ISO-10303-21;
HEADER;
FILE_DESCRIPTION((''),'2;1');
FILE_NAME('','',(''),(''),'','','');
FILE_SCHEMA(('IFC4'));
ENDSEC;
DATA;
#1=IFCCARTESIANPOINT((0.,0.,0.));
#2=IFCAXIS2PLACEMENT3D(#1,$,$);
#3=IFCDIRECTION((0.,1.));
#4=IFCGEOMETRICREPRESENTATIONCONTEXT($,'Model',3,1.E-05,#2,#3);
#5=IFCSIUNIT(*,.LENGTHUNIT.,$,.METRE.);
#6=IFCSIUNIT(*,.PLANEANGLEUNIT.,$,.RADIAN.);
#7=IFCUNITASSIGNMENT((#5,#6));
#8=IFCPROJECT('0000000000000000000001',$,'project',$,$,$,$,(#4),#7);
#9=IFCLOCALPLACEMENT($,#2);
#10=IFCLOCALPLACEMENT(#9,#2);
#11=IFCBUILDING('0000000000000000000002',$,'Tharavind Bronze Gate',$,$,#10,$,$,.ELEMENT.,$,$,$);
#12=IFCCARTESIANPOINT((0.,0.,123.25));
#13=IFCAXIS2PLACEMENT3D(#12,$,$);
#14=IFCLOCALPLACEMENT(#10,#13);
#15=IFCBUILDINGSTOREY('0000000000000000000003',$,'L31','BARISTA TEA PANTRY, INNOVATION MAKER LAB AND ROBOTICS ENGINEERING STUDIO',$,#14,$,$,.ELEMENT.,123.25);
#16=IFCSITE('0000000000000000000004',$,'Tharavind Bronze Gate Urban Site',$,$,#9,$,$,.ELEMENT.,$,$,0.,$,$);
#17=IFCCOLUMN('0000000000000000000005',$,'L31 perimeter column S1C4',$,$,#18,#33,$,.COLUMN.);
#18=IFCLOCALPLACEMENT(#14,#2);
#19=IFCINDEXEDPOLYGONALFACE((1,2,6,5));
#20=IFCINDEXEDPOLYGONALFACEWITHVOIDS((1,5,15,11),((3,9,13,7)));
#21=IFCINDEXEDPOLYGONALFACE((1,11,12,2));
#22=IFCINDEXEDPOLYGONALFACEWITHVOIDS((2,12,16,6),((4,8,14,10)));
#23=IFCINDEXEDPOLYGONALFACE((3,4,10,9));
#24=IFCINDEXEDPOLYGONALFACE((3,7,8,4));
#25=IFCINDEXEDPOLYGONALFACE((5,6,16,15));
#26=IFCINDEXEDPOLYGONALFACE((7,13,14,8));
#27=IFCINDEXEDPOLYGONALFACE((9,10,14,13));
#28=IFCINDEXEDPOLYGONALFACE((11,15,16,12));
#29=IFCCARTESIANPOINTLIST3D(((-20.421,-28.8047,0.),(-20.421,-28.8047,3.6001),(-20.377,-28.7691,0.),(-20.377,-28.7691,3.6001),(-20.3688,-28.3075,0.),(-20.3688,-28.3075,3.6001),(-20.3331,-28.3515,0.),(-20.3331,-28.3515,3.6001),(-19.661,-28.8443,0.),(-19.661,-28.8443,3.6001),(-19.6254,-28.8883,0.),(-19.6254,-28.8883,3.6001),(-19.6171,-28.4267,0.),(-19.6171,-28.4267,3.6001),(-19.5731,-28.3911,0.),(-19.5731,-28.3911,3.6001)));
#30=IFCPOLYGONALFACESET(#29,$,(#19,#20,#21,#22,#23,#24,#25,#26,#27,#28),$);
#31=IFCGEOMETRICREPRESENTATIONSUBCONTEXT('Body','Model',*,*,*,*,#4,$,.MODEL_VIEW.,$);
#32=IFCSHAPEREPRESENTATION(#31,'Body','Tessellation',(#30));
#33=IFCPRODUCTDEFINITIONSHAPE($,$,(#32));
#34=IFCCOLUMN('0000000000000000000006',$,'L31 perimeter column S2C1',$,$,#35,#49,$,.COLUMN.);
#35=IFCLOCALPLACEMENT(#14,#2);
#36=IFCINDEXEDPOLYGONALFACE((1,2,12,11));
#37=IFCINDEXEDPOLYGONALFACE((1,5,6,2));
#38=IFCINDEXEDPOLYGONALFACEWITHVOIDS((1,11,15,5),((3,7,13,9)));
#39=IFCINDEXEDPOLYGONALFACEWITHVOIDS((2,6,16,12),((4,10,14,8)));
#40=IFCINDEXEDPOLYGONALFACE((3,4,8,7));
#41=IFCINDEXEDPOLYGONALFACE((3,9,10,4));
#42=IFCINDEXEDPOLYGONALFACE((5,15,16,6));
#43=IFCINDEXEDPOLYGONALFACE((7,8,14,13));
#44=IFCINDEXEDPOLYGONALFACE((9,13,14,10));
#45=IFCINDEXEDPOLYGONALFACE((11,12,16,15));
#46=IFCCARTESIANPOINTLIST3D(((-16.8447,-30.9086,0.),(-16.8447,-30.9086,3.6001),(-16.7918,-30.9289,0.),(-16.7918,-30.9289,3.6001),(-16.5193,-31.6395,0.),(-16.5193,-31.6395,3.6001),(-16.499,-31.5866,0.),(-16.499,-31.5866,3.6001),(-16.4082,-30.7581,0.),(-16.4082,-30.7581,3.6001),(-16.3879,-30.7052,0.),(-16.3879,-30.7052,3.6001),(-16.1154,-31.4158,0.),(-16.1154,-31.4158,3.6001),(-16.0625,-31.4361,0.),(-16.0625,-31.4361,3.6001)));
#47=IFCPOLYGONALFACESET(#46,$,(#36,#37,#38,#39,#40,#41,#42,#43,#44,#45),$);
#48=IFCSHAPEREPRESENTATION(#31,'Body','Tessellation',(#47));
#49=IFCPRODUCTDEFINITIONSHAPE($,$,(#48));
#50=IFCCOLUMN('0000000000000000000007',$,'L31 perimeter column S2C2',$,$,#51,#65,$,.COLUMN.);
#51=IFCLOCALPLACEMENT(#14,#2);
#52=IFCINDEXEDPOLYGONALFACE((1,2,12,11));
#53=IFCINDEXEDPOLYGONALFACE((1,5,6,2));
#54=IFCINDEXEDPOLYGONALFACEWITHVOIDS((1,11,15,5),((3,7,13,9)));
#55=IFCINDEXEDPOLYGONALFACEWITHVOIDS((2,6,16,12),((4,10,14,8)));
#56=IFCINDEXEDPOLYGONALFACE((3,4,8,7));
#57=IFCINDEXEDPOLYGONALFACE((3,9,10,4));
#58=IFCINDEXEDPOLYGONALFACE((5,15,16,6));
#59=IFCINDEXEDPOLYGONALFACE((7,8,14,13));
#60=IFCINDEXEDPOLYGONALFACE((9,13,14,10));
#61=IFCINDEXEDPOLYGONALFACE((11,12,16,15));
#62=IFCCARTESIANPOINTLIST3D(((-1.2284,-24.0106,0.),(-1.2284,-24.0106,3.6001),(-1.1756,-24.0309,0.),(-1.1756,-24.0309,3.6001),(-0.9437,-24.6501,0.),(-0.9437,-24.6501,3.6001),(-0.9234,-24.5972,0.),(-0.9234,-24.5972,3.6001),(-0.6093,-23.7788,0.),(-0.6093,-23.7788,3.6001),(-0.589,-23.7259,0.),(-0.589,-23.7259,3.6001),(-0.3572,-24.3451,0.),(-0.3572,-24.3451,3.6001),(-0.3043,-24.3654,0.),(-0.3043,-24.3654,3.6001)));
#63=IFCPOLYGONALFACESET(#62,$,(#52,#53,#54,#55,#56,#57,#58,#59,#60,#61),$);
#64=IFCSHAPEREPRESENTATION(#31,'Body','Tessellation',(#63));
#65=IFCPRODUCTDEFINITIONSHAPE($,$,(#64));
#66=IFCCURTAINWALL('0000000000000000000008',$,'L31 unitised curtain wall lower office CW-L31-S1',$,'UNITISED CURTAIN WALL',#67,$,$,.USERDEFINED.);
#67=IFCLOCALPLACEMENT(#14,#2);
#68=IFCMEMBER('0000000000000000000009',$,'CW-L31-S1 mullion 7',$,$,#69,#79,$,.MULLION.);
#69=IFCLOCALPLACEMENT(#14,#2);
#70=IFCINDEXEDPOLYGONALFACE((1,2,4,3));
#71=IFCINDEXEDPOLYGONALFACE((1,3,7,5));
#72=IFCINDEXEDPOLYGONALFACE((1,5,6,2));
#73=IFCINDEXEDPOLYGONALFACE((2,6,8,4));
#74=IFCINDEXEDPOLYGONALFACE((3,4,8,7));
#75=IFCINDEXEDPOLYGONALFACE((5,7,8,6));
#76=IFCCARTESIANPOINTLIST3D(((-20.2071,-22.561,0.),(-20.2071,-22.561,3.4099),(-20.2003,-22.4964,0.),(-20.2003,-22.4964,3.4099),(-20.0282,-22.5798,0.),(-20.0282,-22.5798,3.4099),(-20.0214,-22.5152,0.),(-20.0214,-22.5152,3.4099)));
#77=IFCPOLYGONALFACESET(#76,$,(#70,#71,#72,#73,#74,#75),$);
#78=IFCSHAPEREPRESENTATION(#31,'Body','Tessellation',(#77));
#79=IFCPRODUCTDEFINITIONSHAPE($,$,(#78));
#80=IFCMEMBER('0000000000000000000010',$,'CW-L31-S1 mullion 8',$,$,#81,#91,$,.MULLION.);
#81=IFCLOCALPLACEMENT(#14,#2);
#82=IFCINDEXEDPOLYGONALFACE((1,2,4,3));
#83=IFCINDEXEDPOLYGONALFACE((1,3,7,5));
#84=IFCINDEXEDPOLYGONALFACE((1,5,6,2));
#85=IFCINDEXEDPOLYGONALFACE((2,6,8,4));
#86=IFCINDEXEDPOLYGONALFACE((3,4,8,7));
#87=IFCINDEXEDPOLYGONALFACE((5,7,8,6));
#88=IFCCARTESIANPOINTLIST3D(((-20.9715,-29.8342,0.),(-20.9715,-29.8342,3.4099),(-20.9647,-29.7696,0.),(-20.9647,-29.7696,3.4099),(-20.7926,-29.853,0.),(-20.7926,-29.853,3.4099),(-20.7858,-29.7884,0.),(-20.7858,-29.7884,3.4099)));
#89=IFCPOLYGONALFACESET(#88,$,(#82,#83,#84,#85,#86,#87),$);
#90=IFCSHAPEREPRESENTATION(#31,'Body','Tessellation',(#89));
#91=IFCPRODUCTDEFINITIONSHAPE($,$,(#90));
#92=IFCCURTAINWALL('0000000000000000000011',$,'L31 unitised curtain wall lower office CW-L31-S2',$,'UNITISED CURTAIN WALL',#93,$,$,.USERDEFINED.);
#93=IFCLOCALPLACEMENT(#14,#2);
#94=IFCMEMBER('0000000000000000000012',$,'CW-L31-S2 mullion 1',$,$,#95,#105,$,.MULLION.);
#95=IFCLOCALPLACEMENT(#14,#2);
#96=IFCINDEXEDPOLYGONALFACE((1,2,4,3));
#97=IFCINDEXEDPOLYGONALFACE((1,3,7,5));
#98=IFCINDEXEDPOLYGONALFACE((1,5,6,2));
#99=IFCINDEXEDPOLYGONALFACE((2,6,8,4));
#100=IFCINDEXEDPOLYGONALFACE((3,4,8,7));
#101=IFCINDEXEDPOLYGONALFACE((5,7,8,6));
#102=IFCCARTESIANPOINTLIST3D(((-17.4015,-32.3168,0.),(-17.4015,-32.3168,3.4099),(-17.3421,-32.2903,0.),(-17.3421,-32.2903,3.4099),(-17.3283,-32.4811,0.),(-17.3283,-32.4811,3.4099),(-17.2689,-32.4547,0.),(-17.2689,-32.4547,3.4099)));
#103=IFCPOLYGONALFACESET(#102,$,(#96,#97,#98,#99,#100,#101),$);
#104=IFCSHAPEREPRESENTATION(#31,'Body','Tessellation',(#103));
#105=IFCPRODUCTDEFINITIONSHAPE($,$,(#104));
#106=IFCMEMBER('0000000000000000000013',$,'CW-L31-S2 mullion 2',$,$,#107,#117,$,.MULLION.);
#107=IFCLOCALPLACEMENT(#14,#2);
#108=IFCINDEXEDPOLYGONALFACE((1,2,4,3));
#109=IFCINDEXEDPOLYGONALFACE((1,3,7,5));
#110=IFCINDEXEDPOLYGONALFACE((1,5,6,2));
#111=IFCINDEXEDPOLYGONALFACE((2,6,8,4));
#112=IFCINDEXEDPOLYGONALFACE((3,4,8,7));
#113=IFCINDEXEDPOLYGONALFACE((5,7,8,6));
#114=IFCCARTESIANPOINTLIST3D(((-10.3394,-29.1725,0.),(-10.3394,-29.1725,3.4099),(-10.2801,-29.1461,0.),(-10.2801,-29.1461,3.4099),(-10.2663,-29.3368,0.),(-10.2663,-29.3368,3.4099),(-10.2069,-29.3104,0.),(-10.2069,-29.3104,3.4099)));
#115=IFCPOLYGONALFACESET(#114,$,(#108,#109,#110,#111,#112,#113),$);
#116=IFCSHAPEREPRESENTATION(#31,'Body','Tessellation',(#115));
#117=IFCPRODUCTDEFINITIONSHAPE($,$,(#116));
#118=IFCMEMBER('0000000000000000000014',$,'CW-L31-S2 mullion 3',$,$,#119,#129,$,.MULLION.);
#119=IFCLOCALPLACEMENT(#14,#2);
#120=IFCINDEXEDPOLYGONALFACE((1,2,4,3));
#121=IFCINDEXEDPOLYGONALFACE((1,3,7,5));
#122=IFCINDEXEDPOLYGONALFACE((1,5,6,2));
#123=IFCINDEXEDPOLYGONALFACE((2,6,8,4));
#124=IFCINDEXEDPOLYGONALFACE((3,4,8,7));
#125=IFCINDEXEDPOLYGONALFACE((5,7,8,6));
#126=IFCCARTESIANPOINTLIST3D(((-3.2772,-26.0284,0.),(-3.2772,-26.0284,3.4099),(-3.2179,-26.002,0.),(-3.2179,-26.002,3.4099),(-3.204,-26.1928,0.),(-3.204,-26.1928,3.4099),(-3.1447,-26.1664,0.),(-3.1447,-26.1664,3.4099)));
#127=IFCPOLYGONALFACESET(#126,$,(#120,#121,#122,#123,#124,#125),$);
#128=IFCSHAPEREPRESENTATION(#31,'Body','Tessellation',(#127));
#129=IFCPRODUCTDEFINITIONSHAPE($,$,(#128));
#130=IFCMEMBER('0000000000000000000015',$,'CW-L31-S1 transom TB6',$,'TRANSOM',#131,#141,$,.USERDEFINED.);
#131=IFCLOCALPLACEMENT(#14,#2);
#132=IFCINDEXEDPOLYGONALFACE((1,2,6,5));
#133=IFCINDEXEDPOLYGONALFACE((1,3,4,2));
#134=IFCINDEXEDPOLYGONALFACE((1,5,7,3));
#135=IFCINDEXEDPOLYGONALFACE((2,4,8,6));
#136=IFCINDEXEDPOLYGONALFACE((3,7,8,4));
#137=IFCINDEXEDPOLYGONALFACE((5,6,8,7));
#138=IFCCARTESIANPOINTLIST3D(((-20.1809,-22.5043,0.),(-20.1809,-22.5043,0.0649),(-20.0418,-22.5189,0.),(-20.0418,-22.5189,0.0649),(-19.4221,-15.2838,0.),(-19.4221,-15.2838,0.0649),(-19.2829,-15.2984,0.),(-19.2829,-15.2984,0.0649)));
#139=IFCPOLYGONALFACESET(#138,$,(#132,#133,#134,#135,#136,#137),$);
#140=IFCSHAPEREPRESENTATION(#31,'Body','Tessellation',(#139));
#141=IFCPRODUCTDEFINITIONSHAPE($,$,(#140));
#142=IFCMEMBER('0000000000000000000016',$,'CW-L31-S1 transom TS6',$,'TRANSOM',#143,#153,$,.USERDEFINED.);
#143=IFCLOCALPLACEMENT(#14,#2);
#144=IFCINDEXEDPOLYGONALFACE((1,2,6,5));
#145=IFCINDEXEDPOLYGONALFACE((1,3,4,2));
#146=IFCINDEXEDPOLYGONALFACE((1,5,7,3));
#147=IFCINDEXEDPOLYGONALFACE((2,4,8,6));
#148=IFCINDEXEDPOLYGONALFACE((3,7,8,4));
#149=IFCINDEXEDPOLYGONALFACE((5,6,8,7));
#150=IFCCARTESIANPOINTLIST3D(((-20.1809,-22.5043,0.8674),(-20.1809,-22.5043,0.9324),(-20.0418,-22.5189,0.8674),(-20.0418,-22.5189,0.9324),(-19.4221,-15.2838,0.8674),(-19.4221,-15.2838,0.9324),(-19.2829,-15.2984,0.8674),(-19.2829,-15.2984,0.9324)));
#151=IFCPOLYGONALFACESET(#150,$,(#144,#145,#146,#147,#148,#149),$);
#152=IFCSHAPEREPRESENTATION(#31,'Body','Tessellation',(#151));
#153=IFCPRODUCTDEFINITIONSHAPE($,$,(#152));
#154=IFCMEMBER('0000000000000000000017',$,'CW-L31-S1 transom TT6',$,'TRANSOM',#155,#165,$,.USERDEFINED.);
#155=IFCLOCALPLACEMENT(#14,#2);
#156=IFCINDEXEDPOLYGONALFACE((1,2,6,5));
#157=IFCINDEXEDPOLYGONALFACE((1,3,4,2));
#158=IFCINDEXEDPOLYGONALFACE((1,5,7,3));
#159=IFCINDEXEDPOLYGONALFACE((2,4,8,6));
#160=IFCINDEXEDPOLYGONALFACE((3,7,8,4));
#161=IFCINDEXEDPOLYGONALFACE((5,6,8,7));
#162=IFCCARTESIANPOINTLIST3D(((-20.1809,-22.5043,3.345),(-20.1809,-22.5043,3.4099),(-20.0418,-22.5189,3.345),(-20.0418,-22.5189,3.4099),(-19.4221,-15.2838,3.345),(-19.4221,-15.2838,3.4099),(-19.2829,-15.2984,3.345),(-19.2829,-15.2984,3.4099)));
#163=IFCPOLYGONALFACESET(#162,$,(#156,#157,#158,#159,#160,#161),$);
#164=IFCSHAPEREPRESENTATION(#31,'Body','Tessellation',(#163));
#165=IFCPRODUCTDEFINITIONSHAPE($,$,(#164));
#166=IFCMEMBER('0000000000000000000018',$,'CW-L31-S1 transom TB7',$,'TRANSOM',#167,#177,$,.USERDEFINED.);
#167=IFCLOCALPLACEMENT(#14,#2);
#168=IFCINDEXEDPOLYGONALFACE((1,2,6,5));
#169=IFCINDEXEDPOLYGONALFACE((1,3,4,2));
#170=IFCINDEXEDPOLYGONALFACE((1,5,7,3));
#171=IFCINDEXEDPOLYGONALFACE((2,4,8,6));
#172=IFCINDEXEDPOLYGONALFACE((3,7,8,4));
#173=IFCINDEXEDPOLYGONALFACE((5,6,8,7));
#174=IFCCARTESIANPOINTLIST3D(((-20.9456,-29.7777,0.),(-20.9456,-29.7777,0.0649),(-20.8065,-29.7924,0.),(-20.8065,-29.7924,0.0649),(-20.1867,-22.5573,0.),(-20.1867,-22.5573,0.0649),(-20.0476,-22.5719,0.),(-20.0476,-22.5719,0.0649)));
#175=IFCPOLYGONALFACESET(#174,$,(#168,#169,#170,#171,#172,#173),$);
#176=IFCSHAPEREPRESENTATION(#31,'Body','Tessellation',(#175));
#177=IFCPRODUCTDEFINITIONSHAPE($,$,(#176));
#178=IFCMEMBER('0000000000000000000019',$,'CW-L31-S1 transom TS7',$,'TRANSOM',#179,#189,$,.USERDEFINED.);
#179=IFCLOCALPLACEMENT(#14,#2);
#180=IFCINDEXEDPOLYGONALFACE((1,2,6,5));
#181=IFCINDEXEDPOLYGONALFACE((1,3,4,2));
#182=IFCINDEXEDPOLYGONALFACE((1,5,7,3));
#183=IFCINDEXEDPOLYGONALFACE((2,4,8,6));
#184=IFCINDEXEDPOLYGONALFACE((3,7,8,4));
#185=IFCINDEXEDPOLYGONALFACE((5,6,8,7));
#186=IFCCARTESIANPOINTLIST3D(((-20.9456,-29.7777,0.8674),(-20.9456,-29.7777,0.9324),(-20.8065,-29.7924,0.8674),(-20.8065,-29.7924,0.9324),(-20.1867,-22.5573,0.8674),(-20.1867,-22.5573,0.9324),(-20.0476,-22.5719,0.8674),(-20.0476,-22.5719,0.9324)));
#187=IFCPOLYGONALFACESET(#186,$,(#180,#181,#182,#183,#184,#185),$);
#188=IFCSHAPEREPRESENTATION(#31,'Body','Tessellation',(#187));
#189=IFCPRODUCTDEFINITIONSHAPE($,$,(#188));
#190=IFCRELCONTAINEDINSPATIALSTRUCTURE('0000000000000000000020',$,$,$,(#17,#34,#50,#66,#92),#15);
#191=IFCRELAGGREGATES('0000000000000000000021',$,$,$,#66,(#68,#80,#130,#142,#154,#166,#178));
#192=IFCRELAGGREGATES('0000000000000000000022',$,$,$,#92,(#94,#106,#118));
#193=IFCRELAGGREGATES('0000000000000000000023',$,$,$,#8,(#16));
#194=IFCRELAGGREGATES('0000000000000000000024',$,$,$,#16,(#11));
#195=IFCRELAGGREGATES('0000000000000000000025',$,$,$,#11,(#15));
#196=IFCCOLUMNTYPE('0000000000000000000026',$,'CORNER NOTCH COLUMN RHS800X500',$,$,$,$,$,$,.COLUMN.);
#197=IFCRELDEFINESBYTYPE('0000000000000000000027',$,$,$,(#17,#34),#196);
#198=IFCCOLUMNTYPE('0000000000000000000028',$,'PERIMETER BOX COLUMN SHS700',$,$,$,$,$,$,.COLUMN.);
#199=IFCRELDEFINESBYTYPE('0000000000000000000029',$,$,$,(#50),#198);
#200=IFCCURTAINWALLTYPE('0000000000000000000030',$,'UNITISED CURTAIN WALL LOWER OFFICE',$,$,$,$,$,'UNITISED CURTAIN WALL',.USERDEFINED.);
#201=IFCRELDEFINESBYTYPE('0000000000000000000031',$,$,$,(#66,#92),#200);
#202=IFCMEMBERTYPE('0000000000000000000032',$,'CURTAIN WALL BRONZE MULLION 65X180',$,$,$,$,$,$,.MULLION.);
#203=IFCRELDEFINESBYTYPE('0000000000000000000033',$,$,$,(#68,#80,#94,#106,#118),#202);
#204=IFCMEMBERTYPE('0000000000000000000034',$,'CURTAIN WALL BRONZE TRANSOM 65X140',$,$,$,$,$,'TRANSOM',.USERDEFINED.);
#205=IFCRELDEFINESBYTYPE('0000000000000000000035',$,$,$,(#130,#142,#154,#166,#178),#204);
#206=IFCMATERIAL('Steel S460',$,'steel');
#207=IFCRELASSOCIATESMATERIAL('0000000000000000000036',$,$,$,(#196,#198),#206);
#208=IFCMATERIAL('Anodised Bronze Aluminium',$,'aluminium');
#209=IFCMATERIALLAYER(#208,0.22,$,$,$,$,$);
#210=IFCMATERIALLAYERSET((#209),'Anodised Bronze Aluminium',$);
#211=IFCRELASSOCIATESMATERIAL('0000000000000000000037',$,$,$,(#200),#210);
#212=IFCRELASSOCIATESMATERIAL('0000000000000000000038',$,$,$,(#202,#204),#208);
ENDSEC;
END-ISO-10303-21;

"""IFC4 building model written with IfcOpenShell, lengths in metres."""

from ifc_helpers import new_model, si_unit, direction, frame, origin, origin_2d, place, context, subcontext, project, spatial, rectangle, hollow_rectangle, extrude, material, layer, layer_set, material_profile, profile_set, type_object, element, aggregate, save


model = new_model("IFC4")

# Units and contexts
model_context = context("Model", 3, precision=1e-05, world=origin(), true_north=direction((0.0, 1.0)))
body_context = subcontext(model_context, "Body", "Model", "MODEL_VIEW")
ifc_project = project(units=[si_unit("LENGTHUNIT", "METRE"), si_unit("PLANEANGLEUNIT", "RADIAN")], contexts=[model_context])

# Site, building, storey
site_placement = place(None, origin())
site = spatial("IfcSite", under=ifc_project, at=site_placement, Name="Tharavind Bronze Gate Urban Site", CompositionType="ELEMENT", RefElevation=0.0)
building_placement = place(site_placement, origin())
building = spatial("IfcBuilding", under=site, at=building_placement, Name="Tharavind Bronze Gate", CompositionType="ELEMENT")
storey_placement = place(building_placement, frame((0.0, 0.0, 123.25)))
storey = spatial("IfcBuildingStorey", under=building, at=storey_placement, Name="L31", Description="BARISTA TEA PANTRY, INNOVATION MAKER LAB AND ROBOTICS ENGINEERING STUDIO", CompositionType="ELEMENT", Elevation=123.25)

# Columns
ifc_material_1 = material(Name="Steel S460", Category="steel")
ifc_material_profile_1 = material_profile(ifc_material_1, hollow_rectangle(XDim=0.5, YDim=0.8, WallThickness=0.04, at=origin_2d()), Name="RHS800X500X40")
ifc_profile_set_1 = profile_set([ifc_material_profile_1], Name="Steel S460")
column_type_1 = type_object("IfcColumnType", Name="CORNER NOTCH COLUMN RHS800X500", PredefinedType="COLUMN", material=ifc_profile_set_1)
for number, where, z_axis, x_axis, name in (
    (1, (-19.9971, -28.5979, 0.0), (0.0, 0.0, 1.0), (0.10453, 0.994522, 0.0), "L31 perimeter column S1C4"),
    (2, (-16.4536, -31.1724, 0.0), (0.0, 0.0, 1.0), (0.913545, 0.406737, 0.0), "L31 perimeter column S2C1"),
):
    element("IfcColumn", number, at=place(storey_placement, frame(where, z_axis=z_axis, x_axis=x_axis)), inside=storey, type_object=column_type_1, Name=name, PredefinedType="COLUMN", context=body_context, shape_type="SweptSolid", body=[
        extrude(hollow_rectangle(XDim=0.5, YDim=0.8, WallThickness=0.04, at=origin_2d()), origin(), (0.0, 0.0, 1.0), 3.6001),
    ])
ifc_material_profile_2 = material_profile(ifc_material_1, hollow_rectangle(XDim=0.7, YDim=0.7, WallThickness=0.04, at=origin_2d()), Name="SHS700X40")
ifc_profile_set_2 = profile_set([ifc_material_profile_2], Name="Steel S460")
column_type_2 = type_object("IfcColumnType", Name="PERIMETER BOX COLUMN SHS700", PredefinedType="COLUMN", material=ifc_profile_set_2)
column_placement = place(storey_placement, frame((-0.7664, -24.188, 0.0), z_axis=(0.0, 0.0, 1.0), x_axis=(0.913545, 0.406737, 0.0)))
element("IfcColumn", 3, at=column_placement, inside=storey, type_object=column_type_2, Name="L31 perimeter column S2C2", PredefinedType="COLUMN", context=body_context, shape_type="SweptSolid", body=[
    extrude(hollow_rectangle(XDim=0.7, YDim=0.7, WallThickness=0.04, at=origin_2d()), origin(), (0.0, 0.0, 1.0), 3.6001),
])

# Curtain walls, members
ifc_material_2 = material(Name="Anodised Bronze Aluminium", Category="aluminium")
ifc_layer_1 = layer(ifc_material_2, 0.22)
ifc_layer_set_1 = layer_set([ifc_layer_1], Name="Anodised Bronze Aluminium")
curtain_wall_type = type_object("IfcCurtainWallType", Name="UNITISED CURTAIN WALL LOWER OFFICE", ElementType="UNITISED CURTAIN WALL", PredefinedType="USERDEFINED", material=ifc_layer_set_1)
curtain_wall_1_placement = place(storey_placement, origin())
curtain_wall_1 = element("IfcCurtainWall", 4, at=curtain_wall_1_placement, inside=storey, type_object=curtain_wall_type, Name="L31 unitised curtain wall lower office CW-L31-S1", ObjectType="UNITISED CURTAIN WALL", PredefinedType="USERDEFINED")
member_type_1 = type_object("IfcMemberType", Name="CURTAIN WALL BRONZE MULLION 65X180", PredefinedType="MULLION", material=ifc_material_2)
member_1_placement = place(storey_placement, frame((-20.1143, -22.5381, 0.0), z_axis=(0.0, 0.0, 1.0), x_axis=(-0.104527, -0.994522, 0.0)))
member_1 = element("IfcMember", 5, at=member_1_placement, type_object=member_type_1, Name="CW-L31-S1 mullion 7", PredefinedType="MULLION", context=body_context, shape_type="SweptSolid", body=[
    extrude(rectangle(XDim=0.0649, YDim=0.1799, at=origin_2d()), origin(), (0.0, 0.0, 1.0), 3.4099),
])
member_2_placement = place(storey_placement, frame((-20.8787, -29.8113, 0.0), z_axis=(0.0, 0.0, 1.0), x_axis=(-0.104527, -0.994522, 0.0)))
member_2 = element("IfcMember", 6, at=member_2_placement, type_object=member_type_1, Name="CW-L31-S1 mullion 8", PredefinedType="MULLION", context=body_context, shape_type="SweptSolid", body=[
    extrude(rectangle(XDim=0.0649, YDim=0.1799, at=origin_2d()), origin(), (0.0, 0.0, 1.0), 3.4099),
])
curtain_wall_2_placement = place(storey_placement, origin())
curtain_wall_2 = element("IfcCurtainWall", 7, at=curtain_wall_2_placement, inside=storey, type_object=curtain_wall_type, Name="L31 unitised curtain wall lower office CW-L31-S2", ObjectType="UNITISED CURTAIN WALL", PredefinedType="USERDEFINED")
member_3_placement = place(storey_placement, frame((-17.3352, -32.3857, 0.0), z_axis=(0.0, 0.0, 1.0), x_axis=(0.913545, 0.406737, 0.0)))
member_3 = element("IfcMember", 8, at=member_3_placement, type_object=member_type_1, Name="CW-L31-S2 mullion 1", PredefinedType="MULLION", context=body_context, shape_type="SweptSolid", body=[
    extrude(rectangle(XDim=0.0649, YDim=0.1799, at=origin_2d()), origin(), (0.0, 0.0, 1.0), 3.4099),
])
member_4_placement = place(storey_placement, frame((-10.2732, -29.2415, 0.0), z_axis=(0.0, 0.0, 1.0), x_axis=(0.913545, 0.406737, 0.0)))
member_4 = element("IfcMember", 9, at=member_4_placement, type_object=member_type_1, Name="CW-L31-S2 mullion 2", PredefinedType="MULLION", context=body_context, shape_type="SweptSolid", body=[
    extrude(rectangle(XDim=0.0649, YDim=0.1799, at=origin_2d()), origin(), (0.0, 0.0, 1.0), 3.4099),
])
member_5_placement = place(storey_placement, frame((-3.2109, -26.0974, 0.0), z_axis=(0.0, 0.0, 1.0), x_axis=(0.913545, 0.406737, 0.0)))
member_5 = element("IfcMember", 10, at=member_5_placement, type_object=member_type_1, Name="CW-L31-S2 mullion 3", PredefinedType="MULLION", context=body_context, shape_type="SweptSolid", body=[
    extrude(rectangle(XDim=0.0649, YDim=0.1799, at=origin_2d()), origin(), (0.0, 0.0, 1.0), 3.4099),
])

# Members
member_type_2 = type_object("IfcMemberType", Name="CURTAIN WALL BRONZE TRANSOM 65X140", ElementType="TRANSOM", PredefinedType="USERDEFINED", material=ifc_material_2)
member_6_placement = place(storey_placement, frame((-19.7319, -18.9014, 0.0), z_axis=(0.0, 0.0, 1.0), x_axis=(-0.104527, -0.994522, 0.0)))
member_6 = element("IfcMember", 11, at=member_6_placement, type_object=member_type_2, Name="CW-L31-S1 transom TB6", ObjectType="TRANSOM", PredefinedType="USERDEFINED", context=body_context, shape_type="SweptSolid", body=[
    extrude(rectangle(XDim=7.2603, YDim=0.1399, at=origin_2d()), origin(), (0.0, 0.0, 1.0), 0.0649),
])
member_7_placement = place(storey_placement, frame((-19.7319, -18.9014, 0.8674), z_axis=(0.0, 0.0, 1.0), x_axis=(-0.104527, -0.994522, 0.0)))
member_7 = element("IfcMember", 12, at=member_7_placement, type_object=member_type_2, Name="CW-L31-S1 transom TS6", ObjectType="TRANSOM", PredefinedType="USERDEFINED", context=body_context, shape_type="SweptSolid", body=[
    extrude(rectangle(XDim=7.2603, YDim=0.1399, at=origin_2d()), origin(), (0.0, 0.0, 1.0), 0.0649),
])
member_8_placement = place(storey_placement, frame((-19.7319, -18.9014, 3.345), z_axis=(0.0, 0.0, 1.0), x_axis=(-0.104527, -0.994522, 0.0)))
member_8 = element("IfcMember", 13, at=member_8_placement, type_object=member_type_2, Name="CW-L31-S1 transom TT6", ObjectType="TRANSOM", PredefinedType="USERDEFINED", context=body_context, shape_type="SweptSolid", body=[
    extrude(rectangle(XDim=7.2603, YDim=0.1399, at=origin_2d()), origin(), (0.0, 0.0, 1.0), 0.0649),
])
member_9_placement = place(storey_placement, frame((-20.4966, -26.1748, 0.0), z_axis=(0.0, 0.0, 1.0), x_axis=(-0.104527, -0.994522, 0.0)))
member_9 = element("IfcMember", 14, at=member_9_placement, type_object=member_type_2, Name="CW-L31-S1 transom TB7", ObjectType="TRANSOM", PredefinedType="USERDEFINED", context=body_context, shape_type="SweptSolid", body=[
    extrude(rectangle(XDim=7.2603, YDim=0.1399, at=origin_2d()), origin(), (0.0, 0.0, 1.0), 0.0649),
])
member_10_placement = place(storey_placement, frame((-20.4966, -26.1748, 0.8674), z_axis=(0.0, 0.0, 1.0), x_axis=(-0.104527, -0.994522, 0.0)))
member_10 = element("IfcMember", 15, at=member_10_placement, type_object=member_type_2, Name="CW-L31-S1 transom TS7", ObjectType="TRANSOM", PredefinedType="USERDEFINED", context=body_context, shape_type="SweptSolid", body=[
    extrude(rectangle(XDim=7.2603, YDim=0.1399, at=origin_2d()), origin(), (0.0, 0.0, 1.0), 0.0649),
])

aggregate(curtain_wall_1, [member_1, member_2, member_6, member_7, member_8, member_9, member_10])
aggregate(curtain_wall_2, [member_3, member_4, member_5])

save(model, "model.ifc")
